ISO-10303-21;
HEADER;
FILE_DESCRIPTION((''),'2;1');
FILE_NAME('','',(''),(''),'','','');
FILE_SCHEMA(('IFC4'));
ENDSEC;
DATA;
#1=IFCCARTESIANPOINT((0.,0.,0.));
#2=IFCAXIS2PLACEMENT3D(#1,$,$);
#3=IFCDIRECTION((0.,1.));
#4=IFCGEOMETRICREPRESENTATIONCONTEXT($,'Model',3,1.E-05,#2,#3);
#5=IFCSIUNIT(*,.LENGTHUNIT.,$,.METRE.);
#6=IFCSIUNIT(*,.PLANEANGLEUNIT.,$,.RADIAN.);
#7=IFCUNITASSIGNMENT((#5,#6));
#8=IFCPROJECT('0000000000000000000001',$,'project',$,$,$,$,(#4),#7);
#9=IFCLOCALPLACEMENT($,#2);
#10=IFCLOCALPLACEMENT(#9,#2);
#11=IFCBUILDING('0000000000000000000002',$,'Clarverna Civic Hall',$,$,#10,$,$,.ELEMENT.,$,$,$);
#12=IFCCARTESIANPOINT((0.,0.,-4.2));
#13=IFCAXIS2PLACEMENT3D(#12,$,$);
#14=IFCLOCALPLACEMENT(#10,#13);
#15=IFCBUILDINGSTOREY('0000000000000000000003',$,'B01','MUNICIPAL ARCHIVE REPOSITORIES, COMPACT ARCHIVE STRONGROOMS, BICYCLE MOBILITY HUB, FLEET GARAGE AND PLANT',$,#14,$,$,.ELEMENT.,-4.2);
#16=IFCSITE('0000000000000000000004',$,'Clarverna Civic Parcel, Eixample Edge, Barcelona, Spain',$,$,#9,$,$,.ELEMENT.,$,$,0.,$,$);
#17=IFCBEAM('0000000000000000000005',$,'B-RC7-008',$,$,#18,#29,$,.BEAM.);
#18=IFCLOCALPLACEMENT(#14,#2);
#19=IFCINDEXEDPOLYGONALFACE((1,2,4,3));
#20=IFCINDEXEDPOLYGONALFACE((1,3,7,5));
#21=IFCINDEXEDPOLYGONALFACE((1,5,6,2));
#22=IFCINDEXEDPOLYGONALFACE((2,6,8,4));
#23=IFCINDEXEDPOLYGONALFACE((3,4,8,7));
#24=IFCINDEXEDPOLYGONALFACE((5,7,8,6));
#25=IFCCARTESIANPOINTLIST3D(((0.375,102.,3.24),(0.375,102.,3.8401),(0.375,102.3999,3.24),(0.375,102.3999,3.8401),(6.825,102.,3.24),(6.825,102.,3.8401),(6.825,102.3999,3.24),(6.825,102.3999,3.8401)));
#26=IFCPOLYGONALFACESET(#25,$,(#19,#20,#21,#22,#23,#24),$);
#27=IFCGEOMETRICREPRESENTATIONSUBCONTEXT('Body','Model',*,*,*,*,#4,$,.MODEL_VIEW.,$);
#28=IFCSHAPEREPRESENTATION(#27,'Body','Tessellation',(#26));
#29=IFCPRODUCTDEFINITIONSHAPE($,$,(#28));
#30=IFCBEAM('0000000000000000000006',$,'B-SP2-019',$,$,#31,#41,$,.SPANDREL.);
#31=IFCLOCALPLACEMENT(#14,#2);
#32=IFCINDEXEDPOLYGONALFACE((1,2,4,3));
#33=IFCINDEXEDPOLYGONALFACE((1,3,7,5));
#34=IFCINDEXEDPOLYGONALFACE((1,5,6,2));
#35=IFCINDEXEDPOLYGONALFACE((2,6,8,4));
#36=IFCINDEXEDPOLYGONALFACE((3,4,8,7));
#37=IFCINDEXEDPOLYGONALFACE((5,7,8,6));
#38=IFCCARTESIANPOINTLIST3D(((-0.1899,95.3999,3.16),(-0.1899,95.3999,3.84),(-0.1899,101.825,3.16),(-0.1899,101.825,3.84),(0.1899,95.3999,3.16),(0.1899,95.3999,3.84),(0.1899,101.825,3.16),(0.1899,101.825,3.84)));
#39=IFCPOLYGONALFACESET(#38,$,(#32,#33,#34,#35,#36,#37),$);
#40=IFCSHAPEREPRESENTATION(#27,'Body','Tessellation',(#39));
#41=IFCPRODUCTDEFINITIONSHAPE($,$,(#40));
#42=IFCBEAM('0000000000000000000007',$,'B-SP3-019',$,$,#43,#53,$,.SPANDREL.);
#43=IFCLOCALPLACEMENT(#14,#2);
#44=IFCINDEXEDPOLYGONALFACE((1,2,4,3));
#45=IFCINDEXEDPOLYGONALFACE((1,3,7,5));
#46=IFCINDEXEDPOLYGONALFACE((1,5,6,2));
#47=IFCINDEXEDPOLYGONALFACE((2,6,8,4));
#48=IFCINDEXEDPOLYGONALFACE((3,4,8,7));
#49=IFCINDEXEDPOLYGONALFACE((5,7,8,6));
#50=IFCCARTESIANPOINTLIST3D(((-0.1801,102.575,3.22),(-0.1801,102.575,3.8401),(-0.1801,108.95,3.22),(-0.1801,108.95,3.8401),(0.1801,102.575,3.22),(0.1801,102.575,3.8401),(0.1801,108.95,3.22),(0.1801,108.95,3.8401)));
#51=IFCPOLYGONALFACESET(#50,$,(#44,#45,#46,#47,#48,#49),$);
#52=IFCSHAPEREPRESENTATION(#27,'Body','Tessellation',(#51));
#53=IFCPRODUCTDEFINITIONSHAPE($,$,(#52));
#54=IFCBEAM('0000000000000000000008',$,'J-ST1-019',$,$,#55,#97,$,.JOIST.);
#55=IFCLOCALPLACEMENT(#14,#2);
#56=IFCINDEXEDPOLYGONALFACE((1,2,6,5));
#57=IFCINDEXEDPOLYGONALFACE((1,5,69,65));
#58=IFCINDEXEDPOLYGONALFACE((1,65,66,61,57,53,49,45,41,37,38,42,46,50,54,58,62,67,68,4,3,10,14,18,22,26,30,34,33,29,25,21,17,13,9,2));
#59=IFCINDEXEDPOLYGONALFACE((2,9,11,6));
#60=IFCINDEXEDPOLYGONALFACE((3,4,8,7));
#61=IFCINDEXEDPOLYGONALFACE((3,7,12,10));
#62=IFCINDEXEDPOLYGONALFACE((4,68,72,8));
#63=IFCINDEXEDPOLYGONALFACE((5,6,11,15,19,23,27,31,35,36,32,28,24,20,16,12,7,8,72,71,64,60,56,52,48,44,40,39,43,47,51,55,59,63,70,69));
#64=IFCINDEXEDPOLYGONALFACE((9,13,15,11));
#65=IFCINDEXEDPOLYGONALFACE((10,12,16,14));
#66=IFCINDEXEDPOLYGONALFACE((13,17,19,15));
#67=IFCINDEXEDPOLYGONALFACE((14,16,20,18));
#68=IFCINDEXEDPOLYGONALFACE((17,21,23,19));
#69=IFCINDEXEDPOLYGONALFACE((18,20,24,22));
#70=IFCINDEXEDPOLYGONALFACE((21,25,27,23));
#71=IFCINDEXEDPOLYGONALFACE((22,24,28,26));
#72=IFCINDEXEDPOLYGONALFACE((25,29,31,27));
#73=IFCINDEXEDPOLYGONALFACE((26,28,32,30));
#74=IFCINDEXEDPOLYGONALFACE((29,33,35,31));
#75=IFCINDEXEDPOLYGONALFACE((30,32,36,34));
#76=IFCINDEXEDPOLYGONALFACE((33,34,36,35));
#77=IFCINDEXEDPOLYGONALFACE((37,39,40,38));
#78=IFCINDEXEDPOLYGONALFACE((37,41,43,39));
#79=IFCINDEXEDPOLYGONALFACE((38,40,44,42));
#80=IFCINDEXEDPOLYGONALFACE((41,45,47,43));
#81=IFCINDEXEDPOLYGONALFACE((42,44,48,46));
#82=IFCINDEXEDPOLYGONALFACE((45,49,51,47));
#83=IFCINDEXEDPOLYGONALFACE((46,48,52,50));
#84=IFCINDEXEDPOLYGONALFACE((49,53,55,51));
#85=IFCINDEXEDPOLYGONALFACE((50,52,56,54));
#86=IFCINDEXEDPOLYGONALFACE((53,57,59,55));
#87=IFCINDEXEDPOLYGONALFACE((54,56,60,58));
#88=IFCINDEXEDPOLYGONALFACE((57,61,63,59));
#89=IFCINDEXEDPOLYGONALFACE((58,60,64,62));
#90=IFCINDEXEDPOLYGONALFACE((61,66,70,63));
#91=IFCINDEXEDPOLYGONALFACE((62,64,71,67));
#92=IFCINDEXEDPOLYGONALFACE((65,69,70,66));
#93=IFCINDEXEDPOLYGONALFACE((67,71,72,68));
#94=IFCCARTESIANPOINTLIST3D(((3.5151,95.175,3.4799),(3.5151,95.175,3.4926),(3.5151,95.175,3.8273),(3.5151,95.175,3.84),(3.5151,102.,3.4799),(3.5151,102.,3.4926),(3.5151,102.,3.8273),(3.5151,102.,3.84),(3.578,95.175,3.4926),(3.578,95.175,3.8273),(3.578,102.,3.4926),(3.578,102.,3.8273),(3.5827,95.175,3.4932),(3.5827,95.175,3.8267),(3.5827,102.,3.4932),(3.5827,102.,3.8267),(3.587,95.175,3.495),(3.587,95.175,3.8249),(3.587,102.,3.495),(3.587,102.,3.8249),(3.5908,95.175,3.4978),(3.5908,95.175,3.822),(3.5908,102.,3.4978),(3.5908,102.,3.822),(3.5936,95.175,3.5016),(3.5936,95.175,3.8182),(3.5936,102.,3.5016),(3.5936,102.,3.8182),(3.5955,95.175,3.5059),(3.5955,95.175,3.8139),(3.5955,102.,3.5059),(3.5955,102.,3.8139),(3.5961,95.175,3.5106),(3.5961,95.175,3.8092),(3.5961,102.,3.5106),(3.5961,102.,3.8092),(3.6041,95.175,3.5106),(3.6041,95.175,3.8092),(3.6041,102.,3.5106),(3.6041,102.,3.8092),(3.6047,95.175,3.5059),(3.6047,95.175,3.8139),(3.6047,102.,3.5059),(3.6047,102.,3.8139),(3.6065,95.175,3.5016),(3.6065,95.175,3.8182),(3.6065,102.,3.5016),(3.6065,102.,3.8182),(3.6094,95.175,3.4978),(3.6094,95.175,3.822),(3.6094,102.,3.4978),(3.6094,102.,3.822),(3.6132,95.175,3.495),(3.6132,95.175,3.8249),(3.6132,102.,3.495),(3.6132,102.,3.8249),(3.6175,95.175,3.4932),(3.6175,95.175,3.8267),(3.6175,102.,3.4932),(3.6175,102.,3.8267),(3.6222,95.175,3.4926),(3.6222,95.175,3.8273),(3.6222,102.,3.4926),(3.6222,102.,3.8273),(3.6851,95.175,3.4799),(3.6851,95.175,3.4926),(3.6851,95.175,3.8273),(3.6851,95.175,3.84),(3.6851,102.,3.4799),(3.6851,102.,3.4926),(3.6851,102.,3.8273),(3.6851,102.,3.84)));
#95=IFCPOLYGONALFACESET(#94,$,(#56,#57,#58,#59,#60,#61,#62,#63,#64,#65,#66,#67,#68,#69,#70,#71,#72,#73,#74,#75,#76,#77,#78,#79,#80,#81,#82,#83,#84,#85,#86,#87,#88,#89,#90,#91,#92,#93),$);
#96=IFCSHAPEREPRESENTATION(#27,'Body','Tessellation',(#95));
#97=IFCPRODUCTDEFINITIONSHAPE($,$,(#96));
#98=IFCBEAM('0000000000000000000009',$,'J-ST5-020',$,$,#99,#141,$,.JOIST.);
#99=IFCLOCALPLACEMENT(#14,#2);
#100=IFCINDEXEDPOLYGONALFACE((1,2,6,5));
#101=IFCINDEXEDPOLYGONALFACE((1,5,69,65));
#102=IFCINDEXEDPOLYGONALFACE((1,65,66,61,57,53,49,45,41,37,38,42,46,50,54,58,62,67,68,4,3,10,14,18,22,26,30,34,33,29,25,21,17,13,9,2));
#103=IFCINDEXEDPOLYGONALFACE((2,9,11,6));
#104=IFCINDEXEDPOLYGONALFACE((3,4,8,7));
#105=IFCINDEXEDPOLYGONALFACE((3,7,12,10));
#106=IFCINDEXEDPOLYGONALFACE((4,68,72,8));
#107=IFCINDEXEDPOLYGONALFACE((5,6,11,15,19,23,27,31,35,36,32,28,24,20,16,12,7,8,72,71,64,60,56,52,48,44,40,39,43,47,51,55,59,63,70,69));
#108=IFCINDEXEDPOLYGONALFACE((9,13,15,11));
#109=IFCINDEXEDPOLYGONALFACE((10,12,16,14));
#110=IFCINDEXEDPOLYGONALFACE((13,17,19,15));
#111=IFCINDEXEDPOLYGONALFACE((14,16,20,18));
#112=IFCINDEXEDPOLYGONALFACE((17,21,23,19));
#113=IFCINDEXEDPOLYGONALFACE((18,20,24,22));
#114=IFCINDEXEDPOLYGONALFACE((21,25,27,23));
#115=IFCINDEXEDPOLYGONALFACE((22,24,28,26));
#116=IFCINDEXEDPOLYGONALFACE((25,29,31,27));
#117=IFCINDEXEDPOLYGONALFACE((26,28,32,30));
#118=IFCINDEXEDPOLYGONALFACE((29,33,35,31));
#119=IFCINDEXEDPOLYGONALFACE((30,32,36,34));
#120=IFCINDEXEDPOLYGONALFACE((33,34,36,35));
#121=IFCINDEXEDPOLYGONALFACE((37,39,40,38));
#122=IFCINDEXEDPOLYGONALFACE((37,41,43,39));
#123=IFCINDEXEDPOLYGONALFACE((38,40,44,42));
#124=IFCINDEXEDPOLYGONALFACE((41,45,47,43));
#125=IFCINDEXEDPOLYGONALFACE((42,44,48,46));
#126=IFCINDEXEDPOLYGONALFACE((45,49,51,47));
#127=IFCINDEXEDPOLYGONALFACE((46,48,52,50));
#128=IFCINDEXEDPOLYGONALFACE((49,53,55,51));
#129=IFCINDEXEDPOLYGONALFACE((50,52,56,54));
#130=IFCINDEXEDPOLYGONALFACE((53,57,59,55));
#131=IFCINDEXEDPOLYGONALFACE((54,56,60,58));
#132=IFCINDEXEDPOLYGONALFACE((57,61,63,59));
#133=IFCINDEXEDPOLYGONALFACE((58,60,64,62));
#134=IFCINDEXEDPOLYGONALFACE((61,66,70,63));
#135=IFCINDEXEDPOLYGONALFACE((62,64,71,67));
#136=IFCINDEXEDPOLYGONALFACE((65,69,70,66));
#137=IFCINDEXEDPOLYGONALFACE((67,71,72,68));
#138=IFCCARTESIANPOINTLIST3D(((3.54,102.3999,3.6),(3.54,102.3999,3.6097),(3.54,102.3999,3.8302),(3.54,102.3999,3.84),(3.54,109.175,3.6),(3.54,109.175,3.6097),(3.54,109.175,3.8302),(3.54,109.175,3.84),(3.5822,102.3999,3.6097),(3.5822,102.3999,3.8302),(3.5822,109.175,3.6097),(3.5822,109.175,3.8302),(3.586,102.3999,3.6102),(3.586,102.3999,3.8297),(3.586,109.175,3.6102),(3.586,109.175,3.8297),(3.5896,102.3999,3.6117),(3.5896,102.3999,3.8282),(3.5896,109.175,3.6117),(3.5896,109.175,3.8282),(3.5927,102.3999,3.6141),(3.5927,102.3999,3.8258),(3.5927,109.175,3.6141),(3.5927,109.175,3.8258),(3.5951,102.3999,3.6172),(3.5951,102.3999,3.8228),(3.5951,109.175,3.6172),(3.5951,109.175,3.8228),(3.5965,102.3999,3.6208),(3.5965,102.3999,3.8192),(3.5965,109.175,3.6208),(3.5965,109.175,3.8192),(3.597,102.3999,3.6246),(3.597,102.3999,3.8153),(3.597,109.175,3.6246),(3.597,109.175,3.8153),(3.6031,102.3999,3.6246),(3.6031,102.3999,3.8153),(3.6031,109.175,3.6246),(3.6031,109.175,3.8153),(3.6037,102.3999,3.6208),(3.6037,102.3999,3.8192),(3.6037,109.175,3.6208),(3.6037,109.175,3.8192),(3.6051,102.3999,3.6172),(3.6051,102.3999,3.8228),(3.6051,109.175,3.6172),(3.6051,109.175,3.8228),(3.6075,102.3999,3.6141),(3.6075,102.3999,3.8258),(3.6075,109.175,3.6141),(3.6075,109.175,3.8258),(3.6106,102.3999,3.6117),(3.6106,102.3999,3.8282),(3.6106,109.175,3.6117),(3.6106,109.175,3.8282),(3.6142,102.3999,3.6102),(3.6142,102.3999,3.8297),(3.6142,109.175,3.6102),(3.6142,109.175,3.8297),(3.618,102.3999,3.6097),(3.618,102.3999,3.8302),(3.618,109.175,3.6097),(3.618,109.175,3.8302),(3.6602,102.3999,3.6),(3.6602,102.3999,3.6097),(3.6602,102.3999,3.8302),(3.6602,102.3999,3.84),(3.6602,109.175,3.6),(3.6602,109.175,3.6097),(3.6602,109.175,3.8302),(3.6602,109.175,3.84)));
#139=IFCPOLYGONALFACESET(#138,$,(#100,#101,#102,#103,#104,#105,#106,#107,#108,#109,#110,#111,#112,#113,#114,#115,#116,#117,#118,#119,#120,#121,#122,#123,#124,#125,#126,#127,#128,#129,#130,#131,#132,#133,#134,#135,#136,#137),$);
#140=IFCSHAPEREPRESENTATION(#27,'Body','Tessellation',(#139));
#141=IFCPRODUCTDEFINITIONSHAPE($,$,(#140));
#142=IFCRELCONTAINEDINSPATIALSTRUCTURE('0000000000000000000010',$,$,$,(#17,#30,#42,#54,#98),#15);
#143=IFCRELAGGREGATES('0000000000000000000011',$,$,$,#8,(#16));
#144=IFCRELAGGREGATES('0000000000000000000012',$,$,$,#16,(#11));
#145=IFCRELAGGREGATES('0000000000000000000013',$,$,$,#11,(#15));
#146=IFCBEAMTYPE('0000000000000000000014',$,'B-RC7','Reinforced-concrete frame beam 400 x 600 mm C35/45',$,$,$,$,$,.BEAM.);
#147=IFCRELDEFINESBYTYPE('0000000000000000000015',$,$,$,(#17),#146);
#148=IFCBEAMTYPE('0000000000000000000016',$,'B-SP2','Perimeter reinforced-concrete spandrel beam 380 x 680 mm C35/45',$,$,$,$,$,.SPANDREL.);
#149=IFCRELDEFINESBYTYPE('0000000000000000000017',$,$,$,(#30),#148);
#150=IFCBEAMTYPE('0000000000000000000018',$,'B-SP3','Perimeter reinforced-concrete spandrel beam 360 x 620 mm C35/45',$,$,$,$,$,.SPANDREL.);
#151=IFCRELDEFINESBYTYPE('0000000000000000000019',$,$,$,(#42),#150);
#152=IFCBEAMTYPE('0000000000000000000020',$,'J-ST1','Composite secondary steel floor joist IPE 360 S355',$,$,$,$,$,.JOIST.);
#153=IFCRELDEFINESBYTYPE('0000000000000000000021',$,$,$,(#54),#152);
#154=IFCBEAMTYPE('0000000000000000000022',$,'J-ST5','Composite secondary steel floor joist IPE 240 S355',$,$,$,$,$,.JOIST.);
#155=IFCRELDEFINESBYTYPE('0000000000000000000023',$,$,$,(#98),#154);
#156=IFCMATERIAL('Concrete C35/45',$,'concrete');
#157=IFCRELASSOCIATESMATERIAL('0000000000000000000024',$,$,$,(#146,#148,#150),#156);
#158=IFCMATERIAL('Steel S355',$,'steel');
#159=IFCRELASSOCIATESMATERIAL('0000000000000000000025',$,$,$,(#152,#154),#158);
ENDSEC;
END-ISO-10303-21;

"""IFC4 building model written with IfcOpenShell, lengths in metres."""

from ifc_helpers import new_model, si_unit, direction, frame, origin, origin_2d, place, context, subcontext, project, spatial, rectangle, i_section, extrude, material, material_profile, profile_set, type_object, element, save


model = new_model("IFC4")

# Units and contexts
model_context = context("Model", 3, precision=1e-05, world=origin(), true_north=direction((0.0, 1.0)))
body_context = subcontext(model_context, "Body", "Model", "MODEL_VIEW")
ifc_project = project(units=[si_unit("LENGTHUNIT", "METRE"), si_unit("PLANEANGLEUNIT", "RADIAN")], contexts=[model_context])

# Site, building, storey
site_placement = place(None, origin())
site = spatial("IfcSite", under=ifc_project, at=site_placement, Name="Clarverna Civic Parcel, Eixample Edge, Barcelona, Spain", CompositionType="ELEMENT", RefElevation=0.0)
building_placement = place(site_placement, origin())
building = spatial("IfcBuilding", under=site, at=building_placement, Name="Clarverna Civic Hall", CompositionType="ELEMENT")
storey_placement = place(building_placement, frame((0.0, 0.0, -4.2)))
storey = spatial("IfcBuildingStorey", under=building, at=storey_placement, Name="B01", Description="MUNICIPAL ARCHIVE REPOSITORIES, COMPACT ARCHIVE STRONGROOMS, BICYCLE MOBILITY HUB, FLEET GARAGE AND PLANT", CompositionType="ELEMENT", Elevation=-4.2)

# Beams
ifc_material_1 = material(Name="Concrete C35/45", Category="concrete")
ifc_material_profile_1 = material_profile(ifc_material_1, rectangle(XDim=0.3999, YDim=0.6001, at=origin_2d()), Name="RC 400x600")
ifc_profile_set_1 = profile_set([ifc_material_profile_1], Name="Concrete C35/45")
beam_type_1 = type_object("IfcBeamType", Name="B-RC7", Description="Reinforced-concrete frame beam 400 x 600 mm C35/45", PredefinedType="BEAM", material=ifc_profile_set_1)
beam_1_placement = place(storey_placement, frame((0.375, 102.2, 3.54), z_axis=(1.0, 0.0, 0.0), x_axis=(0.0, 1.0, 0.0)))
element("IfcBeam", 1, at=beam_1_placement, inside=storey, type_object=beam_type_1, Name="B-RC7-008", PredefinedType="BEAM", context=body_context, shape_type="SweptSolid", body=[
    extrude(rectangle(XDim=0.3999, YDim=0.6001, at=origin_2d()), origin(), (0.0, 0.0, 1.0), 6.45),
])
ifc_material_profile_2 = material_profile(ifc_material_1, rectangle(XDim=0.3799, YDim=0.6799, at=origin_2d()), Name="RC 380x680")
ifc_profile_set_2 = profile_set([ifc_material_profile_2], Name="Concrete C35/45")
beam_type_2 = type_object("IfcBeamType", Name="B-SP2", Description="Perimeter reinforced-concrete spandrel beam 380 x 680 mm C35/45", PredefinedType="SPANDREL", material=ifc_profile_set_2)
beam_2_placement = place(storey_placement, frame((0.0, 95.3999, 3.5), z_axis=(0.0, 1.0, 0.0), x_axis=(-1.0, 0.0, 0.0)))
element("IfcBeam", 2, at=beam_2_placement, inside=storey, type_object=beam_type_2, Name="B-SP2-019", PredefinedType="SPANDREL", context=body_context, shape_type="SweptSolid", body=[
    extrude(rectangle(XDim=0.3799, YDim=0.6799, at=origin_2d()), origin(), (0.0, 0.0, 1.0), 6.425),
])
ifc_material_profile_3 = material_profile(ifc_material_1, rectangle(XDim=0.3601, YDim=0.6201, at=origin_2d()), Name="RC 360x620")
ifc_profile_set_3 = profile_set([ifc_material_profile_3], Name="Concrete C35/45")
beam_type_3 = type_object("IfcBeamType", Name="B-SP3", Description="Perimeter reinforced-concrete spandrel beam 360 x 620 mm C35/45", PredefinedType="SPANDREL", material=ifc_profile_set_3)
beam_3_placement = place(storey_placement, frame((0.0, 102.575, 3.53), z_axis=(0.0, 1.0, 0.0), x_axis=(-1.0, 0.0, 0.0)))
element("IfcBeam", 3, at=beam_3_placement, inside=storey, type_object=beam_type_3, Name="B-SP3-019", PredefinedType="SPANDREL", context=body_context, shape_type="SweptSolid", body=[
    extrude(rectangle(XDim=0.3601, YDim=0.6201, at=origin_2d()), origin(), (0.0, 0.0, 1.0), 6.375),
])
ifc_material_2 = material(Name="Steel S355", Category="steel")
ifc_material_profile_4 = material_profile(ifc_material_2, i_section(OverallWidth=0.1699, OverallDepth=0.3601, WebThickness=0.0081, FlangeThickness=0.0127, FilletRadius=0.0181, at=origin_2d()), Name="IPE 360")
ifc_profile_set_4 = profile_set([ifc_material_profile_4], Name="Steel S355")
beam_type_4 = type_object("IfcBeamType", Name="J-ST1", Description="Composite secondary steel floor joist IPE 360 S355", PredefinedType="JOIST", material=ifc_profile_set_4)
beam_4_placement = place(storey_placement, frame((3.6001, 95.175, 3.6599), z_axis=(0.0, 1.0, 0.0), x_axis=(-1.0, 0.0, 0.0)))
element("IfcBeam", 4, at=beam_4_placement, inside=storey, type_object=beam_type_4, Name="J-ST1-019", PredefinedType="JOIST", context=body_context, shape_type="SweptSolid", body=[
    extrude(i_section(OverallWidth=0.1699, OverallDepth=0.3601, WebThickness=0.0081, FlangeThickness=0.0127, FilletRadius=0.0181, at=origin_2d()), origin(), (0.0, 0.0, 1.0), 6.825),
])
ifc_material_profile_5 = material_profile(ifc_material_2, i_section(OverallWidth=0.1201, OverallDepth=0.24, WebThickness=0.0061, FlangeThickness=0.0098, FilletRadius=0.0149, at=origin_2d()), Name="IPE 240")
ifc_profile_set_5 = profile_set([ifc_material_profile_5], Name="Steel S355")
beam_type_5 = type_object("IfcBeamType", Name="J-ST5", Description="Composite secondary steel floor joist IPE 240 S355", PredefinedType="JOIST", material=ifc_profile_set_5)
beam_5_placement = place(storey_placement, frame((3.6001, 102.3999, 3.72), z_axis=(0.0, 1.0, 0.0), x_axis=(-1.0, 0.0, 0.0)))
element("IfcBeam", 5, at=beam_5_placement, inside=storey, type_object=beam_type_5, Name="J-ST5-020", PredefinedType="JOIST", context=body_context, shape_type="SweptSolid", body=[
    extrude(i_section(OverallWidth=0.1201, OverallDepth=0.24, WebThickness=0.0061, FlangeThickness=0.0098, FilletRadius=0.0149, at=origin_2d()), origin(), (0.0, 0.0, 1.0), 6.7751),
])

save(model, "model.ifc")
